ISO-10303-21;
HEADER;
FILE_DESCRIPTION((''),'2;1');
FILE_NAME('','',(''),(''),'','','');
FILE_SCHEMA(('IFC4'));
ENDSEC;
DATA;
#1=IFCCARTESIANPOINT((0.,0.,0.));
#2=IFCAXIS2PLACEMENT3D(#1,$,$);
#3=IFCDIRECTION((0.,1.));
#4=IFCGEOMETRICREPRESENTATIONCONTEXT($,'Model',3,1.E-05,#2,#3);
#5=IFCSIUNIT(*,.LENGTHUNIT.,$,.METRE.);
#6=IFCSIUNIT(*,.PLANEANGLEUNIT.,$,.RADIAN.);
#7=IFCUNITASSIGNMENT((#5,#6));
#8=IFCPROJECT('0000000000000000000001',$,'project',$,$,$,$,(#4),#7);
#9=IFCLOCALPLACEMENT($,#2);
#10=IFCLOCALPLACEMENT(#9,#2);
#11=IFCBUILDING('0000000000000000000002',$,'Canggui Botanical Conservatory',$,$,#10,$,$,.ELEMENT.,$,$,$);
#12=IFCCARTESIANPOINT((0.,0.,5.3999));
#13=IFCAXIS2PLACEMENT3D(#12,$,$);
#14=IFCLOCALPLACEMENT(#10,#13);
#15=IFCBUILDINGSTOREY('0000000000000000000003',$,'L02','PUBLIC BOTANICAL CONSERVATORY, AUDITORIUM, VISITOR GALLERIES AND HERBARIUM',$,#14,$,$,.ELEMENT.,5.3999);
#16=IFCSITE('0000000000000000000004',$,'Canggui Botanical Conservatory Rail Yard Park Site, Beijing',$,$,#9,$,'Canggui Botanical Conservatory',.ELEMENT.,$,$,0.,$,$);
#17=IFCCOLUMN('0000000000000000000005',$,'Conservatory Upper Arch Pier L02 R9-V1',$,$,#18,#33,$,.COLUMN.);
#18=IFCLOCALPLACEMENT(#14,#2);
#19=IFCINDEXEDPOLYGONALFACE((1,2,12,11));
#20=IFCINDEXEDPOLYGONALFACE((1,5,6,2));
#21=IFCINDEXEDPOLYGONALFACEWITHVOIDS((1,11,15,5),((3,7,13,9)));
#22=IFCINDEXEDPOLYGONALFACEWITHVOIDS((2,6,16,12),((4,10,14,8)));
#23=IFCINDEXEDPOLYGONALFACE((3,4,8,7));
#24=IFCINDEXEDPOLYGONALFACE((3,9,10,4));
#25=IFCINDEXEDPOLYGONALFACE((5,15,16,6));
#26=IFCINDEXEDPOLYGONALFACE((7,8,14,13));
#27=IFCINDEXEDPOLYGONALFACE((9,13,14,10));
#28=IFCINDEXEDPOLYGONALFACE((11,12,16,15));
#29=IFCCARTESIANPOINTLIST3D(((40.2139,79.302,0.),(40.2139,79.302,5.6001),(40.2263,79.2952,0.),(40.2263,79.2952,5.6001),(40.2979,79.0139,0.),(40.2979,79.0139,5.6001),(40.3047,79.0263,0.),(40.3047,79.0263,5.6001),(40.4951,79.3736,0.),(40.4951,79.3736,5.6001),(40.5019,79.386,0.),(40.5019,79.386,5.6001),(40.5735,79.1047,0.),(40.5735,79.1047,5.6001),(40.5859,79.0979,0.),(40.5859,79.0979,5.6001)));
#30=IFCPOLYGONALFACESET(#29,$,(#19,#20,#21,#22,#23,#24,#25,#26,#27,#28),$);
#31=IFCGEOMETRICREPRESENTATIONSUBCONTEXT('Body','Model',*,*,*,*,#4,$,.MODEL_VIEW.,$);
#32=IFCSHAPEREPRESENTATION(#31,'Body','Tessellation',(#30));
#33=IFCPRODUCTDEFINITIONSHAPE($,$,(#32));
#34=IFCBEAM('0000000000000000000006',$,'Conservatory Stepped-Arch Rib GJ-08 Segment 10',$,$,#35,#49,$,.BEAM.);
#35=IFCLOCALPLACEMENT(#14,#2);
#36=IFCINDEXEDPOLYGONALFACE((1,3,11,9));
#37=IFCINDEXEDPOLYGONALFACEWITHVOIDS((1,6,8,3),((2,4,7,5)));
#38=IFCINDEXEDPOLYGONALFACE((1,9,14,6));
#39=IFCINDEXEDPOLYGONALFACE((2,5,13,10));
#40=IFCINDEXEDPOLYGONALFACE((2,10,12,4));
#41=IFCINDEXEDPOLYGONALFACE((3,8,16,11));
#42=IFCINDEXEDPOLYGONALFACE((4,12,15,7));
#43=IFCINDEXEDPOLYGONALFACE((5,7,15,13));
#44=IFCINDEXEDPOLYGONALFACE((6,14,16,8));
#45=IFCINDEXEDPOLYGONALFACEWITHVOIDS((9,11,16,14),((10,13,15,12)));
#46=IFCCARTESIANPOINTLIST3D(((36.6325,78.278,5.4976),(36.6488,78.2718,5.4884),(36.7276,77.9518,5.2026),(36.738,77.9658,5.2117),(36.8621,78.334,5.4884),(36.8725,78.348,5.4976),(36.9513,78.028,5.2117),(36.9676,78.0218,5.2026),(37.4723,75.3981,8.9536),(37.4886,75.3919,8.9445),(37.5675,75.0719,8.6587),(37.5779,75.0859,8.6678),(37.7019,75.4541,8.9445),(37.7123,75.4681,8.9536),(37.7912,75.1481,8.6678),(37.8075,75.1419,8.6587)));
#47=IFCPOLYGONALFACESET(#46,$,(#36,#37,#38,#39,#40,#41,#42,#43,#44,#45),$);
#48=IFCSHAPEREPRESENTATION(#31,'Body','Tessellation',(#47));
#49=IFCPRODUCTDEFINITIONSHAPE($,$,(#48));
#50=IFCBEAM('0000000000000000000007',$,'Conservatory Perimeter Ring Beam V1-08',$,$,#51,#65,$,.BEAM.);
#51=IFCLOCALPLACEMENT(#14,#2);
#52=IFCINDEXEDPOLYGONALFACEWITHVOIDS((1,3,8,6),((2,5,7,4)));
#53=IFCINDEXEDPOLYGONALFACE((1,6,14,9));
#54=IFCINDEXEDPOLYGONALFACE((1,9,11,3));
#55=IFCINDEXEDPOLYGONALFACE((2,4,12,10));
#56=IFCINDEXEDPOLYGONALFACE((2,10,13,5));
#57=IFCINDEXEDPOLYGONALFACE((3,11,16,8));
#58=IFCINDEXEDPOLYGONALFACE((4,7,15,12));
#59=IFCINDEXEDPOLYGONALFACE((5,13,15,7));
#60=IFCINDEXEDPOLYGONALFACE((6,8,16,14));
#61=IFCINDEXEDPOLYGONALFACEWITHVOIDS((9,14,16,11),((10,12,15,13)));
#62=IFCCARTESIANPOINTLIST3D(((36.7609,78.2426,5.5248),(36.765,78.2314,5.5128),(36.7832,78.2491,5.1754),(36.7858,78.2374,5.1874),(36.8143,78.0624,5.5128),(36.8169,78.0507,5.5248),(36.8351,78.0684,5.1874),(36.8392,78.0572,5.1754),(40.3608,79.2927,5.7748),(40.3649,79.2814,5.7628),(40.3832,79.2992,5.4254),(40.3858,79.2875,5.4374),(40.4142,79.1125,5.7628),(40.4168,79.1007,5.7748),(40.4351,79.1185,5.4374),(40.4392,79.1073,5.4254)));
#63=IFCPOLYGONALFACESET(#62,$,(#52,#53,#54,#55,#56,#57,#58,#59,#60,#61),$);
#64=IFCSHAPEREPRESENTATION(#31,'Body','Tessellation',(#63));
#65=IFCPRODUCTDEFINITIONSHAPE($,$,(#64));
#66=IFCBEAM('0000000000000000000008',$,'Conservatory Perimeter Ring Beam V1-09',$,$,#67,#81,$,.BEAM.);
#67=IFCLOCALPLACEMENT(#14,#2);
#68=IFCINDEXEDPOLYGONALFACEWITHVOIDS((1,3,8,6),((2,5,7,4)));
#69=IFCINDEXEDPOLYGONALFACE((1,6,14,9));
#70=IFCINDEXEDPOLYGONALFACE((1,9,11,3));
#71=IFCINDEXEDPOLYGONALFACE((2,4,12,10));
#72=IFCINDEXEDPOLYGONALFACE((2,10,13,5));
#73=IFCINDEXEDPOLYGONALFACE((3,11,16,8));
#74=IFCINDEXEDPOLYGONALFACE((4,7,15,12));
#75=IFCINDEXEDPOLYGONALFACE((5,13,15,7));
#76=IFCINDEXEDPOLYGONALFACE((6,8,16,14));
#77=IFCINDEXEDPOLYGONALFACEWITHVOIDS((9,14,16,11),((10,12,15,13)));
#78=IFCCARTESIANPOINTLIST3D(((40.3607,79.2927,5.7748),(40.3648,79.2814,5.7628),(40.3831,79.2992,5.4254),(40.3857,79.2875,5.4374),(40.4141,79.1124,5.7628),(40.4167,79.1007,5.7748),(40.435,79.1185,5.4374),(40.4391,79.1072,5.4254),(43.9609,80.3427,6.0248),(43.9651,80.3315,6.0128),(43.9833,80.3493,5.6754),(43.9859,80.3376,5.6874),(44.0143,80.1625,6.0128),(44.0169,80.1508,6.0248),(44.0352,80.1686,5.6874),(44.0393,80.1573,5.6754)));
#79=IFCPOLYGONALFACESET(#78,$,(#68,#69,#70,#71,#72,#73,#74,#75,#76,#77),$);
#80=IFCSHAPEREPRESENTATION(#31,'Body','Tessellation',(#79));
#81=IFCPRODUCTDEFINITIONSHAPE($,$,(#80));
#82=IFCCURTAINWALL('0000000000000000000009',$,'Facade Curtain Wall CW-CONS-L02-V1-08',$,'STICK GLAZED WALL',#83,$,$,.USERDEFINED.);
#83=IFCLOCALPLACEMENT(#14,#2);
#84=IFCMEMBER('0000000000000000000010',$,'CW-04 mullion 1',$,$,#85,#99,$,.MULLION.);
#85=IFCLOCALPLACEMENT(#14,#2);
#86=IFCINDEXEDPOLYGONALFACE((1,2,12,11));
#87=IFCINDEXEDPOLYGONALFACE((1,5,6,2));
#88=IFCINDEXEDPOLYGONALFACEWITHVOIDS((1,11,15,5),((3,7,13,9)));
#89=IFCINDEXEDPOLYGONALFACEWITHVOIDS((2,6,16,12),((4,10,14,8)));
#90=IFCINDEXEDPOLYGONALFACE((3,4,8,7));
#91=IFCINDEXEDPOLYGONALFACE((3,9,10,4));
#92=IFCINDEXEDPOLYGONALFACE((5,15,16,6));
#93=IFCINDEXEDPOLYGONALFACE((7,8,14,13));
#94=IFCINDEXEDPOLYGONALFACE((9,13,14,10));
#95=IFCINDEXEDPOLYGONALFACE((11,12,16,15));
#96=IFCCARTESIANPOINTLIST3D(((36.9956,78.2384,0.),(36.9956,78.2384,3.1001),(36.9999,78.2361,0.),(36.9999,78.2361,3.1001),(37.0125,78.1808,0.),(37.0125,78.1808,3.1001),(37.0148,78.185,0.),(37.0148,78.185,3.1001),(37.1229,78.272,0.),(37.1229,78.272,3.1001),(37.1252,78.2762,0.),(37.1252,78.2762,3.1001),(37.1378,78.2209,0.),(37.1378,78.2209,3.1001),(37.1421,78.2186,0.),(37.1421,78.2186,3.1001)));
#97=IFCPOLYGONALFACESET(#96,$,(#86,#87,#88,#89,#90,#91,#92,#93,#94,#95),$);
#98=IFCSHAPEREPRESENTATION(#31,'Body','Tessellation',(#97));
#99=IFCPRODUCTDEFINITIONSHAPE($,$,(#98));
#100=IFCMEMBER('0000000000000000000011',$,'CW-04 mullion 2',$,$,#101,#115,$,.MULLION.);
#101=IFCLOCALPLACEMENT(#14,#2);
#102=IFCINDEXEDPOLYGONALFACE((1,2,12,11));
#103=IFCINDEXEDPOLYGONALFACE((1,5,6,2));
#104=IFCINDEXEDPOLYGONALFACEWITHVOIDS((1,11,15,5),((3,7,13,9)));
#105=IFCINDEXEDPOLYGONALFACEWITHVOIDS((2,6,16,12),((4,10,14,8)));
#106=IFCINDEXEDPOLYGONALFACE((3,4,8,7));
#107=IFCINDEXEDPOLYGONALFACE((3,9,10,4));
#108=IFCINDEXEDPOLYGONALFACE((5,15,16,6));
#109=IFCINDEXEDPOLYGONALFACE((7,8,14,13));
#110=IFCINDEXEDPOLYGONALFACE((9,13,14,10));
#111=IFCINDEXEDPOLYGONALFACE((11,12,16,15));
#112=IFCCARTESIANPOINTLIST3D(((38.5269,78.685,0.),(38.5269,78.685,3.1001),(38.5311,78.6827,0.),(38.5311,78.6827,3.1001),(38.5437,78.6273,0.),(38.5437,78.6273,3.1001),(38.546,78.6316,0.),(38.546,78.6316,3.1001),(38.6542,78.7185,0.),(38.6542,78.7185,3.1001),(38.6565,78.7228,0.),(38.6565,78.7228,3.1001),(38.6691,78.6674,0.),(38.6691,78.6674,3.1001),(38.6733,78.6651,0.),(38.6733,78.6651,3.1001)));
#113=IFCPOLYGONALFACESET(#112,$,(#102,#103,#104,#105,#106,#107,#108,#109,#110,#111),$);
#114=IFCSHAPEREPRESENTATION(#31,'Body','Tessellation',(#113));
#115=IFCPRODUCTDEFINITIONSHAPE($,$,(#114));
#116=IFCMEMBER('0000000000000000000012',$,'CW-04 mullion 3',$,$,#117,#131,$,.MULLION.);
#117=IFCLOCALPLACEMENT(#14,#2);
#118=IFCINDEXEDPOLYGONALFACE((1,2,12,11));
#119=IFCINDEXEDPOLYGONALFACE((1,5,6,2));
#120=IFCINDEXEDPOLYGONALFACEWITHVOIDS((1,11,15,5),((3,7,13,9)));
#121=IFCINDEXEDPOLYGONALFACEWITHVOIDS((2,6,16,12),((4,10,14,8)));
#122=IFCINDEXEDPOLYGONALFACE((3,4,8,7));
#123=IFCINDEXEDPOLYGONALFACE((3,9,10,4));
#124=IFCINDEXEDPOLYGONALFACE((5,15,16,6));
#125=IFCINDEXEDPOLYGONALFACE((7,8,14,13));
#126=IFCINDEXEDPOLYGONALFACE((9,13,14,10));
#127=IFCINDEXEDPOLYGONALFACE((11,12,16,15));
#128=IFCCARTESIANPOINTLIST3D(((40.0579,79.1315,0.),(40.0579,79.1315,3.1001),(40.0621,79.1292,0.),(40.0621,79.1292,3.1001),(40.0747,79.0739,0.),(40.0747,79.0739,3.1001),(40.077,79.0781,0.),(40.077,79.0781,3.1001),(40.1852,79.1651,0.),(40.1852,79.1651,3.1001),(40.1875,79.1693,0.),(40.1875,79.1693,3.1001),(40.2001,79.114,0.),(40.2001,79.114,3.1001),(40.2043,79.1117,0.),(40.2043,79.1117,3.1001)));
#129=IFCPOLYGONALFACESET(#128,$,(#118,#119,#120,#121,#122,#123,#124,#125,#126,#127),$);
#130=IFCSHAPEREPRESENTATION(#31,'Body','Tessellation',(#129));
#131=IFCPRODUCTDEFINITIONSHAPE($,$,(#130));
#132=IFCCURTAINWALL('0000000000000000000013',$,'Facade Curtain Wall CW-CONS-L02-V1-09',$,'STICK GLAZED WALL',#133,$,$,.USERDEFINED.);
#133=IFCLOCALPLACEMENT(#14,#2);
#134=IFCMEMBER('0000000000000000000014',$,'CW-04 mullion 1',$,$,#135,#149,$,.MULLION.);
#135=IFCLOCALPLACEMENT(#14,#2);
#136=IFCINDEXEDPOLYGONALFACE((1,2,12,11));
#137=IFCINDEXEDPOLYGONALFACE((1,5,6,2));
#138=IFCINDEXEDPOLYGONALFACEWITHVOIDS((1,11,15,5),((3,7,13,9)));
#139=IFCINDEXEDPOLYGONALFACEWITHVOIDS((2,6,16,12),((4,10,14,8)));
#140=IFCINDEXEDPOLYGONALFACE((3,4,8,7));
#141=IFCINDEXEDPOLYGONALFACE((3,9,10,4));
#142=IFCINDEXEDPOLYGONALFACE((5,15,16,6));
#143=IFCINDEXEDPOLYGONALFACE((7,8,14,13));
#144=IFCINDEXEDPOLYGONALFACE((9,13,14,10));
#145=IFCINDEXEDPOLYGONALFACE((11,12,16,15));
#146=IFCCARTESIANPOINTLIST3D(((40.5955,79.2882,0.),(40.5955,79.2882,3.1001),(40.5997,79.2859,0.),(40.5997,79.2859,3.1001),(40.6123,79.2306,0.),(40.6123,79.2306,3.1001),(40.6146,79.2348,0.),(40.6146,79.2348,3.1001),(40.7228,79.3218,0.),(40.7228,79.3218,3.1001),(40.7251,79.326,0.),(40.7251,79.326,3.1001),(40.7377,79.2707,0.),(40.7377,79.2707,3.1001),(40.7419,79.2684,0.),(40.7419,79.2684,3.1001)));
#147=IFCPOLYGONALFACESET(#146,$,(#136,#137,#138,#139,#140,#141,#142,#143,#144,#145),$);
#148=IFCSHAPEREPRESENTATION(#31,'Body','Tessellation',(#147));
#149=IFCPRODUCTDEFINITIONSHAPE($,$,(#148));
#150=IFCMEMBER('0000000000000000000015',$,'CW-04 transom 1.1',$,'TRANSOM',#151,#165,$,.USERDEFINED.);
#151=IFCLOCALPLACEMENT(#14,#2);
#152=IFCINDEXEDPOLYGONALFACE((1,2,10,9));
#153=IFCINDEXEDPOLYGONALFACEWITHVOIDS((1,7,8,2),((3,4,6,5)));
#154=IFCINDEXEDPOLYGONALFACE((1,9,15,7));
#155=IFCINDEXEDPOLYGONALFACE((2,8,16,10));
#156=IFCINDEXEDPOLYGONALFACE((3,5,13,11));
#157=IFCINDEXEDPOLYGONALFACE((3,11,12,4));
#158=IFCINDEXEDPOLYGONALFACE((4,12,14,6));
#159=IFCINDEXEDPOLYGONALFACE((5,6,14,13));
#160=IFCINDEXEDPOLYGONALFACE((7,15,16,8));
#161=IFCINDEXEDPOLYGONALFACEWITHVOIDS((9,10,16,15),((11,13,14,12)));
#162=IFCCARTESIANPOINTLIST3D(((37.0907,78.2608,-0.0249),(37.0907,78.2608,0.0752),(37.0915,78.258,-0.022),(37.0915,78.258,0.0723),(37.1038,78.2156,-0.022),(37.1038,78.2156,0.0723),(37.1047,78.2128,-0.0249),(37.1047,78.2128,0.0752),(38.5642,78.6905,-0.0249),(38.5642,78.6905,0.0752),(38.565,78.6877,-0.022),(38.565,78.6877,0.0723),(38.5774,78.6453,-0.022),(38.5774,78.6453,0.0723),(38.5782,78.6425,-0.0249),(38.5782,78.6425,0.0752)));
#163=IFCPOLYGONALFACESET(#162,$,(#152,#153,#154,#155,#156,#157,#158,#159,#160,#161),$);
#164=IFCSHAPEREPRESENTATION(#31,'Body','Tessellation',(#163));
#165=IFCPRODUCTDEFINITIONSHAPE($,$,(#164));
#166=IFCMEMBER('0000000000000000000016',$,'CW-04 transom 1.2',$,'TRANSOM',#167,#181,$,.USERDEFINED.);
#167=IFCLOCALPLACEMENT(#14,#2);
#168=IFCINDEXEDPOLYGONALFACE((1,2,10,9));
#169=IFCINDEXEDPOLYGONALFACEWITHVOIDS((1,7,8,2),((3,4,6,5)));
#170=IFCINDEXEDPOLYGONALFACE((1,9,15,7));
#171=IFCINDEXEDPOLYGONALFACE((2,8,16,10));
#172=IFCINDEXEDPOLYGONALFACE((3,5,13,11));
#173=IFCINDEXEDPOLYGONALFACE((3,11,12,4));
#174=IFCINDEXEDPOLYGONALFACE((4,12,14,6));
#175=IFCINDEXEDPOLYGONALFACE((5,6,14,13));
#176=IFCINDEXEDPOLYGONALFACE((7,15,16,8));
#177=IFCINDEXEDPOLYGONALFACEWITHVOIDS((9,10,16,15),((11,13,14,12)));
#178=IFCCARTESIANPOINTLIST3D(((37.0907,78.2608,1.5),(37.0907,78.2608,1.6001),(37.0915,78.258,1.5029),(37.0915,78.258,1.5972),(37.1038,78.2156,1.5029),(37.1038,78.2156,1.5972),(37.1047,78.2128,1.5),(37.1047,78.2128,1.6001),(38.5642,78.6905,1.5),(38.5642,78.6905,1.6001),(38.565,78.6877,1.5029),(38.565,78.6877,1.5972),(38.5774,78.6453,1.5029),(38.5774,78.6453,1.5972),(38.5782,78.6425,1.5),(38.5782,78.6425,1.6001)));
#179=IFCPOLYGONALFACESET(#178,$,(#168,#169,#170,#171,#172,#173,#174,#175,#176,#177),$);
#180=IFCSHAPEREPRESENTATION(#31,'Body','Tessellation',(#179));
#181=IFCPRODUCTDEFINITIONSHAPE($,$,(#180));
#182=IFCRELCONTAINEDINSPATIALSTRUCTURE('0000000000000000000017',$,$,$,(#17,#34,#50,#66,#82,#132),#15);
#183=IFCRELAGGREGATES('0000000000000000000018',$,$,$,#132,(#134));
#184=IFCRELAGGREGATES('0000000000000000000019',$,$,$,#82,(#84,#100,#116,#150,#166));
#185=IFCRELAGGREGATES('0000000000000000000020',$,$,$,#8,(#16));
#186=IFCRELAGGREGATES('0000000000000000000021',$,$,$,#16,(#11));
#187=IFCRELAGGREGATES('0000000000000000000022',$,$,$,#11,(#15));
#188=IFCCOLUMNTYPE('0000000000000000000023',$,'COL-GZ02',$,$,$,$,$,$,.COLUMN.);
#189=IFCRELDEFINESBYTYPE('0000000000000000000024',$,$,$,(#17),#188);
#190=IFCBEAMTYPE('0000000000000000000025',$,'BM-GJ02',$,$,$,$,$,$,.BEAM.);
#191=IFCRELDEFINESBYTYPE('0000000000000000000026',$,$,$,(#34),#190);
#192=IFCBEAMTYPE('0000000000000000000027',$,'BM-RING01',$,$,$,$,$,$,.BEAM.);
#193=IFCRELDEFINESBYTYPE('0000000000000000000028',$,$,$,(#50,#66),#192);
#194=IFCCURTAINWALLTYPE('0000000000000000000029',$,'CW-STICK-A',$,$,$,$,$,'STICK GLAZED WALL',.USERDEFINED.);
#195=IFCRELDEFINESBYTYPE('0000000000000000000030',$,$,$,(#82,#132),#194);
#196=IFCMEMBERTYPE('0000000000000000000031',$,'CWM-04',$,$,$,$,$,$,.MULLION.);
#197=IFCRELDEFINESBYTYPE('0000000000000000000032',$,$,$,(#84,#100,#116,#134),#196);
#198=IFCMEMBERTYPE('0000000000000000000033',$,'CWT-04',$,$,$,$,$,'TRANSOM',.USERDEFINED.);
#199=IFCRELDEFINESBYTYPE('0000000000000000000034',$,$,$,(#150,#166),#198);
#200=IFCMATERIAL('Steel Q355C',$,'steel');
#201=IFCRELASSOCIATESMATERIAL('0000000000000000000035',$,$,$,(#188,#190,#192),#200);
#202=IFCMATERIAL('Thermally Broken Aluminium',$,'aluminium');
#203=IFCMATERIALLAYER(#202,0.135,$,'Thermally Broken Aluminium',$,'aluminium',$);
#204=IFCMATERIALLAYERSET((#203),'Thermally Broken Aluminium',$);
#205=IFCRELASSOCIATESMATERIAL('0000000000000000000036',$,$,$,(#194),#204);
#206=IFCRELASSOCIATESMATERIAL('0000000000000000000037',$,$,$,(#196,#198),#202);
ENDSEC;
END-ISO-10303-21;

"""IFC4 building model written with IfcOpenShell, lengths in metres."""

from ifc_helpers import new_model, si_unit, direction, frame, origin, origin_2d, place, context, subcontext, project, spatial, hollow_rectangle, extrude, material, layer, layer_set, material_profile, profile_set, type_object, element, aggregate, save


model = new_model("IFC4")

# Units and contexts
model_context = context("Model", 3, precision=1e-05, world=origin(), true_north=direction((0.0, 1.0)))
body_context = subcontext(model_context, "Body", "Model", "MODEL_VIEW")
ifc_project = project(units=[si_unit("LENGTHUNIT", "METRE"), si_unit("PLANEANGLEUNIT", "RADIAN")], contexts=[model_context])

# Site, building, storey
site_placement = place(None, origin())
site = spatial("IfcSite", under=ifc_project, at=site_placement, Name="Canggui Botanical Conservatory Rail Yard Park Site, Beijing", LongName="Canggui Botanical Conservatory", CompositionType="ELEMENT", RefElevation=0.0)
building_placement = place(site_placement, origin())
building = spatial("IfcBuilding", under=site, at=building_placement, Name="Canggui Botanical Conservatory", CompositionType="ELEMENT")
storey_placement = place(building_placement, frame((0.0, 0.0, 5.3999)))
storey = spatial("IfcBuildingStorey", under=building, at=storey_placement, Name="L02", Description="PUBLIC BOTANICAL CONSERVATORY, AUDITORIUM, VISITOR GALLERIES AND HERBARIUM", CompositionType="ELEMENT", Elevation=5.3999)

# Column
ifc_material_1 = material(Name="Steel Q355C", Category="steel")
ifc_material_profile_1 = material_profile(ifc_material_1, hollow_rectangle(XDim=0.3, YDim=0.3, WallThickness=0.01, at=origin_2d()), Name="SHS 300x300x10")
ifc_profile_set_1 = profile_set([ifc_material_profile_1], Name="Steel Q355C")
column_type = type_object("IfcColumnType", Name="COL-GZ02", PredefinedType="COLUMN", material=ifc_profile_set_1)
column_placement = place(storey_placement, frame((40.3999, 79.2, 0.0), z_axis=(0.0, 0.0, 1.0), x_axis=(0.96, 0.28, 0.0)))
element("IfcColumn", 1, at=column_placement, inside=storey, type_object=column_type, Name="Conservatory Upper Arch Pier L02 R9-V1", PredefinedType="COLUMN", context=body_context, shape_type="SweptSolid", body=[
    extrude(hollow_rectangle(XDim=0.3, YDim=0.3, WallThickness=0.01, at=origin_2d()), origin(), (0.0, 0.0, 1.0), 5.6001),
])

# Beams
ifc_material_profile_2 = material_profile(ifc_material_1, hollow_rectangle(XDim=0.25, YDim=0.45, WallThickness=0.0139, at=origin_2d()), Name="RHS 250x450x14")
ifc_profile_set_2 = profile_set([ifc_material_profile_2], Name="Steel Q355C")
beam_type_1 = type_object("IfcBeamType", Name="BM-GJ02", PredefinedType="BEAM", material=ifc_profile_set_2)
beam_1_placement = place(storey_placement, frame((37.6399, 75.27, 8.8062), z_axis=(-0.183517, 0.629291, -0.755192), x_axis=(-0.960011, -0.279962, 0.0)))
element("IfcBeam", 2, at=beam_1_placement, inside=storey, type_object=beam_type_1, Name="Conservatory Stepped-Arch Rib GJ-08 Segment 10", PredefinedType="BEAM", context=body_context, shape_type="SweptSolid", body=[
    extrude(hollow_rectangle(XDim=0.25, YDim=0.45, WallThickness=0.0139, at=origin_2d()), origin(), (0.0, 0.0, 1.0), 4.5764),
])
ifc_material_profile_3 = material_profile(ifc_material_1, hollow_rectangle(XDim=0.2, YDim=0.3501, WallThickness=0.012, at=origin_2d()), Name="RHS 200x350x12")
ifc_profile_set_3 = profile_set([ifc_material_profile_3], Name="Steel Q355C")
beam_type_2 = type_object("IfcBeamType", Name="BM-RING01", PredefinedType="BEAM", material=ifc_profile_set_3)
beam_2_placement = place(storey_placement, frame((36.8, 78.1499, 5.3501), z_axis=(0.957867, 0.279402, 0.066521), x_axis=(-0.280023, 0.959993, 0.0)))
element("IfcBeam", 3, at=beam_2_placement, inside=storey, type_object=beam_type_2, Name="Conservatory Perimeter Ring Beam V1-08", PredefinedType="BEAM", context=body_context, shape_type="SweptSolid", body=[
    extrude(hollow_rectangle(XDim=0.2, YDim=0.3501, WallThickness=0.012, at=origin_2d()), origin(), (0.0, 0.0, 1.0), 3.7583),
])
beam_3_placement = place(storey_placement, frame((40.3999, 79.2, 5.6001), z_axis=(0.957872, 0.279385, 0.066517), x_axis=(-0.280005, 0.959999, 0.0)))
element("IfcBeam", 4, at=beam_3_placement, inside=storey, type_object=beam_type_2, Name="Conservatory Perimeter Ring Beam V1-09", PredefinedType="BEAM", context=body_context, shape_type="SweptSolid", body=[
    extrude(hollow_rectangle(XDim=0.2, YDim=0.3501, WallThickness=0.012, at=origin_2d()), origin(), (0.0, 0.0, 1.0), 3.7585),
])

# Curtain wall, members
ifc_material_2 = material(Name="Thermally Broken Aluminium", Category="aluminium")
ifc_layer_1 = layer(ifc_material_2, 0.135, Name="Thermally Broken Aluminium", Category="aluminium")
ifc_layer_set_1 = layer_set([ifc_layer_1], Name="Thermally Broken Aluminium")
curtain_wall_type = type_object("IfcCurtainWallType", Name="CW-STICK-A", ElementType="STICK GLAZED WALL", PredefinedType="USERDEFINED", material=ifc_layer_set_1)
curtain_wall_1_placement = place(storey_placement, origin())
curtain_wall_1 = element("IfcCurtainWall", 5, at=curtain_wall_1_placement, inside=storey, type_object=curtain_wall_type, Name="Facade Curtain Wall CW-CONS-L02-V1-08", ObjectType="STICK GLAZED WALL", PredefinedType="USERDEFINED")
ifc_material_profile_4 = material_profile(ifc_material_2, hollow_rectangle(XDim=0.0601, YDim=0.135, WallThickness=0.0034, at=origin_2d()), Name="CWM 60x135x3.5")
ifc_profile_set_4 = profile_set([ifc_material_profile_4], Name="Thermally Broken Aluminium")
member_type_1 = type_object("IfcMemberType", Name="CWM-04", PredefinedType="MULLION", material=ifc_profile_set_4)
member_1_placement = place(storey_placement, frame((37.0688, 78.2285, 0.0), z_axis=(0.0, 0.0, 1.0), x_axis=(-0.28, 0.96, 0.0)))
member_1 = element("IfcMember", 6, at=member_1_placement, type_object=member_type_1, Name="CW-04 mullion 1", PredefinedType="MULLION", context=body_context, shape_type="SweptSolid", body=[
    extrude(hollow_rectangle(XDim=0.0601, YDim=0.135, WallThickness=0.0034, at=origin_2d()), origin(), (0.0, 0.0, 1.0), 3.1001),
])
member_2_placement = place(storey_placement, frame((38.6001, 78.675, 0.0), z_axis=(0.0, 0.0, 1.0), x_axis=(-0.28, 0.96, 0.0)))
member_2 = element("IfcMember", 7, at=member_2_placement, type_object=member_type_1, Name="CW-04 mullion 2", PredefinedType="MULLION", context=body_context, shape_type="SweptSolid", body=[
    extrude(hollow_rectangle(XDim=0.0601, YDim=0.135, WallThickness=0.0034, at=origin_2d()), origin(), (0.0, 0.0, 1.0), 3.1001),
])
member_3_placement = place(storey_placement, frame((40.1311, 79.1216, 0.0), z_axis=(0.0, 0.0, 1.0), x_axis=(-0.28, 0.96, 0.0)))
member_3 = element("IfcMember", 8, at=member_3_placement, type_object=member_type_1, Name="CW-04 mullion 3", PredefinedType="MULLION", context=body_context, shape_type="SweptSolid", body=[
    extrude(hollow_rectangle(XDim=0.0601, YDim=0.135, WallThickness=0.0034, at=origin_2d()), origin(), (0.0, 0.0, 1.0), 3.1001),
])

# Curtain wall, member
curtain_wall_2_placement = place(storey_placement, origin())
curtain_wall_2 = element("IfcCurtainWall", 9, at=curtain_wall_2_placement, inside=storey, type_object=curtain_wall_type, Name="Facade Curtain Wall CW-CONS-L02-V1-09", ObjectType="STICK GLAZED WALL", PredefinedType="USERDEFINED")
member_4_placement = place(storey_placement, frame((40.6687, 79.2783, 0.0), z_axis=(0.0, 0.0, 1.0), x_axis=(-0.28, 0.96, 0.0)))
member_4 = element("IfcMember", 10, at=member_4_placement, type_object=member_type_1, Name="CW-04 mullion 1", PredefinedType="MULLION", context=body_context, shape_type="SweptSolid", body=[
    extrude(hollow_rectangle(XDim=0.0601, YDim=0.135, WallThickness=0.0034, at=origin_2d()), origin(), (0.0, 0.0, 1.0), 3.1001),
])

# Members
ifc_material_profile_5 = material_profile(ifc_material_2, hollow_rectangle(XDim=0.05, YDim=0.1001, WallThickness=0.0029, at=origin_2d()), Name="CWT 50x100x3")
ifc_profile_set_5 = profile_set([ifc_material_profile_5], Name="Thermally Broken Aluminium")
member_type_2 = type_object("IfcMemberType", Name="CWT-04", ElementType="TRANSOM", PredefinedType="USERDEFINED", material=ifc_profile_set_5)
member_5_placement = place(storey_placement, frame((37.0977, 78.2368, 0.0251), z_axis=(0.960021, 0.279927, 0.0), x_axis=(-0.279927, 0.960021, 0.0)))
member_5 = element("IfcMember", 11, at=member_5_placement, type_object=member_type_2, Name="CW-04 transom 1.1", ObjectType="TRANSOM", PredefinedType="USERDEFINED", context=body_context, shape_type="SweptSolid", body=[
    extrude(hollow_rectangle(XDim=0.05, YDim=0.1001, WallThickness=0.0029, at=origin_2d()), origin(), (0.0, 0.0, 1.0), 1.5349),
])
member_6_placement = place(storey_placement, frame((37.0977, 78.2368, 1.55), z_axis=(0.960021, 0.279927, 0.0), x_axis=(-0.279927, 0.960021, 0.0)))
member_6 = element("IfcMember", 12, at=member_6_placement, type_object=member_type_2, Name="CW-04 transom 1.2", ObjectType="TRANSOM", PredefinedType="USERDEFINED", context=body_context, shape_type="SweptSolid", body=[
    extrude(hollow_rectangle(XDim=0.05, YDim=0.1001, WallThickness=0.0029, at=origin_2d()), origin(), (0.0, 0.0, 1.0), 1.5349),
])
aggregate(curtain_wall_2, [member_4])

aggregate(curtain_wall_1, [member_1, member_2, member_3, member_5, member_6])

save(model, "model.ifc")
